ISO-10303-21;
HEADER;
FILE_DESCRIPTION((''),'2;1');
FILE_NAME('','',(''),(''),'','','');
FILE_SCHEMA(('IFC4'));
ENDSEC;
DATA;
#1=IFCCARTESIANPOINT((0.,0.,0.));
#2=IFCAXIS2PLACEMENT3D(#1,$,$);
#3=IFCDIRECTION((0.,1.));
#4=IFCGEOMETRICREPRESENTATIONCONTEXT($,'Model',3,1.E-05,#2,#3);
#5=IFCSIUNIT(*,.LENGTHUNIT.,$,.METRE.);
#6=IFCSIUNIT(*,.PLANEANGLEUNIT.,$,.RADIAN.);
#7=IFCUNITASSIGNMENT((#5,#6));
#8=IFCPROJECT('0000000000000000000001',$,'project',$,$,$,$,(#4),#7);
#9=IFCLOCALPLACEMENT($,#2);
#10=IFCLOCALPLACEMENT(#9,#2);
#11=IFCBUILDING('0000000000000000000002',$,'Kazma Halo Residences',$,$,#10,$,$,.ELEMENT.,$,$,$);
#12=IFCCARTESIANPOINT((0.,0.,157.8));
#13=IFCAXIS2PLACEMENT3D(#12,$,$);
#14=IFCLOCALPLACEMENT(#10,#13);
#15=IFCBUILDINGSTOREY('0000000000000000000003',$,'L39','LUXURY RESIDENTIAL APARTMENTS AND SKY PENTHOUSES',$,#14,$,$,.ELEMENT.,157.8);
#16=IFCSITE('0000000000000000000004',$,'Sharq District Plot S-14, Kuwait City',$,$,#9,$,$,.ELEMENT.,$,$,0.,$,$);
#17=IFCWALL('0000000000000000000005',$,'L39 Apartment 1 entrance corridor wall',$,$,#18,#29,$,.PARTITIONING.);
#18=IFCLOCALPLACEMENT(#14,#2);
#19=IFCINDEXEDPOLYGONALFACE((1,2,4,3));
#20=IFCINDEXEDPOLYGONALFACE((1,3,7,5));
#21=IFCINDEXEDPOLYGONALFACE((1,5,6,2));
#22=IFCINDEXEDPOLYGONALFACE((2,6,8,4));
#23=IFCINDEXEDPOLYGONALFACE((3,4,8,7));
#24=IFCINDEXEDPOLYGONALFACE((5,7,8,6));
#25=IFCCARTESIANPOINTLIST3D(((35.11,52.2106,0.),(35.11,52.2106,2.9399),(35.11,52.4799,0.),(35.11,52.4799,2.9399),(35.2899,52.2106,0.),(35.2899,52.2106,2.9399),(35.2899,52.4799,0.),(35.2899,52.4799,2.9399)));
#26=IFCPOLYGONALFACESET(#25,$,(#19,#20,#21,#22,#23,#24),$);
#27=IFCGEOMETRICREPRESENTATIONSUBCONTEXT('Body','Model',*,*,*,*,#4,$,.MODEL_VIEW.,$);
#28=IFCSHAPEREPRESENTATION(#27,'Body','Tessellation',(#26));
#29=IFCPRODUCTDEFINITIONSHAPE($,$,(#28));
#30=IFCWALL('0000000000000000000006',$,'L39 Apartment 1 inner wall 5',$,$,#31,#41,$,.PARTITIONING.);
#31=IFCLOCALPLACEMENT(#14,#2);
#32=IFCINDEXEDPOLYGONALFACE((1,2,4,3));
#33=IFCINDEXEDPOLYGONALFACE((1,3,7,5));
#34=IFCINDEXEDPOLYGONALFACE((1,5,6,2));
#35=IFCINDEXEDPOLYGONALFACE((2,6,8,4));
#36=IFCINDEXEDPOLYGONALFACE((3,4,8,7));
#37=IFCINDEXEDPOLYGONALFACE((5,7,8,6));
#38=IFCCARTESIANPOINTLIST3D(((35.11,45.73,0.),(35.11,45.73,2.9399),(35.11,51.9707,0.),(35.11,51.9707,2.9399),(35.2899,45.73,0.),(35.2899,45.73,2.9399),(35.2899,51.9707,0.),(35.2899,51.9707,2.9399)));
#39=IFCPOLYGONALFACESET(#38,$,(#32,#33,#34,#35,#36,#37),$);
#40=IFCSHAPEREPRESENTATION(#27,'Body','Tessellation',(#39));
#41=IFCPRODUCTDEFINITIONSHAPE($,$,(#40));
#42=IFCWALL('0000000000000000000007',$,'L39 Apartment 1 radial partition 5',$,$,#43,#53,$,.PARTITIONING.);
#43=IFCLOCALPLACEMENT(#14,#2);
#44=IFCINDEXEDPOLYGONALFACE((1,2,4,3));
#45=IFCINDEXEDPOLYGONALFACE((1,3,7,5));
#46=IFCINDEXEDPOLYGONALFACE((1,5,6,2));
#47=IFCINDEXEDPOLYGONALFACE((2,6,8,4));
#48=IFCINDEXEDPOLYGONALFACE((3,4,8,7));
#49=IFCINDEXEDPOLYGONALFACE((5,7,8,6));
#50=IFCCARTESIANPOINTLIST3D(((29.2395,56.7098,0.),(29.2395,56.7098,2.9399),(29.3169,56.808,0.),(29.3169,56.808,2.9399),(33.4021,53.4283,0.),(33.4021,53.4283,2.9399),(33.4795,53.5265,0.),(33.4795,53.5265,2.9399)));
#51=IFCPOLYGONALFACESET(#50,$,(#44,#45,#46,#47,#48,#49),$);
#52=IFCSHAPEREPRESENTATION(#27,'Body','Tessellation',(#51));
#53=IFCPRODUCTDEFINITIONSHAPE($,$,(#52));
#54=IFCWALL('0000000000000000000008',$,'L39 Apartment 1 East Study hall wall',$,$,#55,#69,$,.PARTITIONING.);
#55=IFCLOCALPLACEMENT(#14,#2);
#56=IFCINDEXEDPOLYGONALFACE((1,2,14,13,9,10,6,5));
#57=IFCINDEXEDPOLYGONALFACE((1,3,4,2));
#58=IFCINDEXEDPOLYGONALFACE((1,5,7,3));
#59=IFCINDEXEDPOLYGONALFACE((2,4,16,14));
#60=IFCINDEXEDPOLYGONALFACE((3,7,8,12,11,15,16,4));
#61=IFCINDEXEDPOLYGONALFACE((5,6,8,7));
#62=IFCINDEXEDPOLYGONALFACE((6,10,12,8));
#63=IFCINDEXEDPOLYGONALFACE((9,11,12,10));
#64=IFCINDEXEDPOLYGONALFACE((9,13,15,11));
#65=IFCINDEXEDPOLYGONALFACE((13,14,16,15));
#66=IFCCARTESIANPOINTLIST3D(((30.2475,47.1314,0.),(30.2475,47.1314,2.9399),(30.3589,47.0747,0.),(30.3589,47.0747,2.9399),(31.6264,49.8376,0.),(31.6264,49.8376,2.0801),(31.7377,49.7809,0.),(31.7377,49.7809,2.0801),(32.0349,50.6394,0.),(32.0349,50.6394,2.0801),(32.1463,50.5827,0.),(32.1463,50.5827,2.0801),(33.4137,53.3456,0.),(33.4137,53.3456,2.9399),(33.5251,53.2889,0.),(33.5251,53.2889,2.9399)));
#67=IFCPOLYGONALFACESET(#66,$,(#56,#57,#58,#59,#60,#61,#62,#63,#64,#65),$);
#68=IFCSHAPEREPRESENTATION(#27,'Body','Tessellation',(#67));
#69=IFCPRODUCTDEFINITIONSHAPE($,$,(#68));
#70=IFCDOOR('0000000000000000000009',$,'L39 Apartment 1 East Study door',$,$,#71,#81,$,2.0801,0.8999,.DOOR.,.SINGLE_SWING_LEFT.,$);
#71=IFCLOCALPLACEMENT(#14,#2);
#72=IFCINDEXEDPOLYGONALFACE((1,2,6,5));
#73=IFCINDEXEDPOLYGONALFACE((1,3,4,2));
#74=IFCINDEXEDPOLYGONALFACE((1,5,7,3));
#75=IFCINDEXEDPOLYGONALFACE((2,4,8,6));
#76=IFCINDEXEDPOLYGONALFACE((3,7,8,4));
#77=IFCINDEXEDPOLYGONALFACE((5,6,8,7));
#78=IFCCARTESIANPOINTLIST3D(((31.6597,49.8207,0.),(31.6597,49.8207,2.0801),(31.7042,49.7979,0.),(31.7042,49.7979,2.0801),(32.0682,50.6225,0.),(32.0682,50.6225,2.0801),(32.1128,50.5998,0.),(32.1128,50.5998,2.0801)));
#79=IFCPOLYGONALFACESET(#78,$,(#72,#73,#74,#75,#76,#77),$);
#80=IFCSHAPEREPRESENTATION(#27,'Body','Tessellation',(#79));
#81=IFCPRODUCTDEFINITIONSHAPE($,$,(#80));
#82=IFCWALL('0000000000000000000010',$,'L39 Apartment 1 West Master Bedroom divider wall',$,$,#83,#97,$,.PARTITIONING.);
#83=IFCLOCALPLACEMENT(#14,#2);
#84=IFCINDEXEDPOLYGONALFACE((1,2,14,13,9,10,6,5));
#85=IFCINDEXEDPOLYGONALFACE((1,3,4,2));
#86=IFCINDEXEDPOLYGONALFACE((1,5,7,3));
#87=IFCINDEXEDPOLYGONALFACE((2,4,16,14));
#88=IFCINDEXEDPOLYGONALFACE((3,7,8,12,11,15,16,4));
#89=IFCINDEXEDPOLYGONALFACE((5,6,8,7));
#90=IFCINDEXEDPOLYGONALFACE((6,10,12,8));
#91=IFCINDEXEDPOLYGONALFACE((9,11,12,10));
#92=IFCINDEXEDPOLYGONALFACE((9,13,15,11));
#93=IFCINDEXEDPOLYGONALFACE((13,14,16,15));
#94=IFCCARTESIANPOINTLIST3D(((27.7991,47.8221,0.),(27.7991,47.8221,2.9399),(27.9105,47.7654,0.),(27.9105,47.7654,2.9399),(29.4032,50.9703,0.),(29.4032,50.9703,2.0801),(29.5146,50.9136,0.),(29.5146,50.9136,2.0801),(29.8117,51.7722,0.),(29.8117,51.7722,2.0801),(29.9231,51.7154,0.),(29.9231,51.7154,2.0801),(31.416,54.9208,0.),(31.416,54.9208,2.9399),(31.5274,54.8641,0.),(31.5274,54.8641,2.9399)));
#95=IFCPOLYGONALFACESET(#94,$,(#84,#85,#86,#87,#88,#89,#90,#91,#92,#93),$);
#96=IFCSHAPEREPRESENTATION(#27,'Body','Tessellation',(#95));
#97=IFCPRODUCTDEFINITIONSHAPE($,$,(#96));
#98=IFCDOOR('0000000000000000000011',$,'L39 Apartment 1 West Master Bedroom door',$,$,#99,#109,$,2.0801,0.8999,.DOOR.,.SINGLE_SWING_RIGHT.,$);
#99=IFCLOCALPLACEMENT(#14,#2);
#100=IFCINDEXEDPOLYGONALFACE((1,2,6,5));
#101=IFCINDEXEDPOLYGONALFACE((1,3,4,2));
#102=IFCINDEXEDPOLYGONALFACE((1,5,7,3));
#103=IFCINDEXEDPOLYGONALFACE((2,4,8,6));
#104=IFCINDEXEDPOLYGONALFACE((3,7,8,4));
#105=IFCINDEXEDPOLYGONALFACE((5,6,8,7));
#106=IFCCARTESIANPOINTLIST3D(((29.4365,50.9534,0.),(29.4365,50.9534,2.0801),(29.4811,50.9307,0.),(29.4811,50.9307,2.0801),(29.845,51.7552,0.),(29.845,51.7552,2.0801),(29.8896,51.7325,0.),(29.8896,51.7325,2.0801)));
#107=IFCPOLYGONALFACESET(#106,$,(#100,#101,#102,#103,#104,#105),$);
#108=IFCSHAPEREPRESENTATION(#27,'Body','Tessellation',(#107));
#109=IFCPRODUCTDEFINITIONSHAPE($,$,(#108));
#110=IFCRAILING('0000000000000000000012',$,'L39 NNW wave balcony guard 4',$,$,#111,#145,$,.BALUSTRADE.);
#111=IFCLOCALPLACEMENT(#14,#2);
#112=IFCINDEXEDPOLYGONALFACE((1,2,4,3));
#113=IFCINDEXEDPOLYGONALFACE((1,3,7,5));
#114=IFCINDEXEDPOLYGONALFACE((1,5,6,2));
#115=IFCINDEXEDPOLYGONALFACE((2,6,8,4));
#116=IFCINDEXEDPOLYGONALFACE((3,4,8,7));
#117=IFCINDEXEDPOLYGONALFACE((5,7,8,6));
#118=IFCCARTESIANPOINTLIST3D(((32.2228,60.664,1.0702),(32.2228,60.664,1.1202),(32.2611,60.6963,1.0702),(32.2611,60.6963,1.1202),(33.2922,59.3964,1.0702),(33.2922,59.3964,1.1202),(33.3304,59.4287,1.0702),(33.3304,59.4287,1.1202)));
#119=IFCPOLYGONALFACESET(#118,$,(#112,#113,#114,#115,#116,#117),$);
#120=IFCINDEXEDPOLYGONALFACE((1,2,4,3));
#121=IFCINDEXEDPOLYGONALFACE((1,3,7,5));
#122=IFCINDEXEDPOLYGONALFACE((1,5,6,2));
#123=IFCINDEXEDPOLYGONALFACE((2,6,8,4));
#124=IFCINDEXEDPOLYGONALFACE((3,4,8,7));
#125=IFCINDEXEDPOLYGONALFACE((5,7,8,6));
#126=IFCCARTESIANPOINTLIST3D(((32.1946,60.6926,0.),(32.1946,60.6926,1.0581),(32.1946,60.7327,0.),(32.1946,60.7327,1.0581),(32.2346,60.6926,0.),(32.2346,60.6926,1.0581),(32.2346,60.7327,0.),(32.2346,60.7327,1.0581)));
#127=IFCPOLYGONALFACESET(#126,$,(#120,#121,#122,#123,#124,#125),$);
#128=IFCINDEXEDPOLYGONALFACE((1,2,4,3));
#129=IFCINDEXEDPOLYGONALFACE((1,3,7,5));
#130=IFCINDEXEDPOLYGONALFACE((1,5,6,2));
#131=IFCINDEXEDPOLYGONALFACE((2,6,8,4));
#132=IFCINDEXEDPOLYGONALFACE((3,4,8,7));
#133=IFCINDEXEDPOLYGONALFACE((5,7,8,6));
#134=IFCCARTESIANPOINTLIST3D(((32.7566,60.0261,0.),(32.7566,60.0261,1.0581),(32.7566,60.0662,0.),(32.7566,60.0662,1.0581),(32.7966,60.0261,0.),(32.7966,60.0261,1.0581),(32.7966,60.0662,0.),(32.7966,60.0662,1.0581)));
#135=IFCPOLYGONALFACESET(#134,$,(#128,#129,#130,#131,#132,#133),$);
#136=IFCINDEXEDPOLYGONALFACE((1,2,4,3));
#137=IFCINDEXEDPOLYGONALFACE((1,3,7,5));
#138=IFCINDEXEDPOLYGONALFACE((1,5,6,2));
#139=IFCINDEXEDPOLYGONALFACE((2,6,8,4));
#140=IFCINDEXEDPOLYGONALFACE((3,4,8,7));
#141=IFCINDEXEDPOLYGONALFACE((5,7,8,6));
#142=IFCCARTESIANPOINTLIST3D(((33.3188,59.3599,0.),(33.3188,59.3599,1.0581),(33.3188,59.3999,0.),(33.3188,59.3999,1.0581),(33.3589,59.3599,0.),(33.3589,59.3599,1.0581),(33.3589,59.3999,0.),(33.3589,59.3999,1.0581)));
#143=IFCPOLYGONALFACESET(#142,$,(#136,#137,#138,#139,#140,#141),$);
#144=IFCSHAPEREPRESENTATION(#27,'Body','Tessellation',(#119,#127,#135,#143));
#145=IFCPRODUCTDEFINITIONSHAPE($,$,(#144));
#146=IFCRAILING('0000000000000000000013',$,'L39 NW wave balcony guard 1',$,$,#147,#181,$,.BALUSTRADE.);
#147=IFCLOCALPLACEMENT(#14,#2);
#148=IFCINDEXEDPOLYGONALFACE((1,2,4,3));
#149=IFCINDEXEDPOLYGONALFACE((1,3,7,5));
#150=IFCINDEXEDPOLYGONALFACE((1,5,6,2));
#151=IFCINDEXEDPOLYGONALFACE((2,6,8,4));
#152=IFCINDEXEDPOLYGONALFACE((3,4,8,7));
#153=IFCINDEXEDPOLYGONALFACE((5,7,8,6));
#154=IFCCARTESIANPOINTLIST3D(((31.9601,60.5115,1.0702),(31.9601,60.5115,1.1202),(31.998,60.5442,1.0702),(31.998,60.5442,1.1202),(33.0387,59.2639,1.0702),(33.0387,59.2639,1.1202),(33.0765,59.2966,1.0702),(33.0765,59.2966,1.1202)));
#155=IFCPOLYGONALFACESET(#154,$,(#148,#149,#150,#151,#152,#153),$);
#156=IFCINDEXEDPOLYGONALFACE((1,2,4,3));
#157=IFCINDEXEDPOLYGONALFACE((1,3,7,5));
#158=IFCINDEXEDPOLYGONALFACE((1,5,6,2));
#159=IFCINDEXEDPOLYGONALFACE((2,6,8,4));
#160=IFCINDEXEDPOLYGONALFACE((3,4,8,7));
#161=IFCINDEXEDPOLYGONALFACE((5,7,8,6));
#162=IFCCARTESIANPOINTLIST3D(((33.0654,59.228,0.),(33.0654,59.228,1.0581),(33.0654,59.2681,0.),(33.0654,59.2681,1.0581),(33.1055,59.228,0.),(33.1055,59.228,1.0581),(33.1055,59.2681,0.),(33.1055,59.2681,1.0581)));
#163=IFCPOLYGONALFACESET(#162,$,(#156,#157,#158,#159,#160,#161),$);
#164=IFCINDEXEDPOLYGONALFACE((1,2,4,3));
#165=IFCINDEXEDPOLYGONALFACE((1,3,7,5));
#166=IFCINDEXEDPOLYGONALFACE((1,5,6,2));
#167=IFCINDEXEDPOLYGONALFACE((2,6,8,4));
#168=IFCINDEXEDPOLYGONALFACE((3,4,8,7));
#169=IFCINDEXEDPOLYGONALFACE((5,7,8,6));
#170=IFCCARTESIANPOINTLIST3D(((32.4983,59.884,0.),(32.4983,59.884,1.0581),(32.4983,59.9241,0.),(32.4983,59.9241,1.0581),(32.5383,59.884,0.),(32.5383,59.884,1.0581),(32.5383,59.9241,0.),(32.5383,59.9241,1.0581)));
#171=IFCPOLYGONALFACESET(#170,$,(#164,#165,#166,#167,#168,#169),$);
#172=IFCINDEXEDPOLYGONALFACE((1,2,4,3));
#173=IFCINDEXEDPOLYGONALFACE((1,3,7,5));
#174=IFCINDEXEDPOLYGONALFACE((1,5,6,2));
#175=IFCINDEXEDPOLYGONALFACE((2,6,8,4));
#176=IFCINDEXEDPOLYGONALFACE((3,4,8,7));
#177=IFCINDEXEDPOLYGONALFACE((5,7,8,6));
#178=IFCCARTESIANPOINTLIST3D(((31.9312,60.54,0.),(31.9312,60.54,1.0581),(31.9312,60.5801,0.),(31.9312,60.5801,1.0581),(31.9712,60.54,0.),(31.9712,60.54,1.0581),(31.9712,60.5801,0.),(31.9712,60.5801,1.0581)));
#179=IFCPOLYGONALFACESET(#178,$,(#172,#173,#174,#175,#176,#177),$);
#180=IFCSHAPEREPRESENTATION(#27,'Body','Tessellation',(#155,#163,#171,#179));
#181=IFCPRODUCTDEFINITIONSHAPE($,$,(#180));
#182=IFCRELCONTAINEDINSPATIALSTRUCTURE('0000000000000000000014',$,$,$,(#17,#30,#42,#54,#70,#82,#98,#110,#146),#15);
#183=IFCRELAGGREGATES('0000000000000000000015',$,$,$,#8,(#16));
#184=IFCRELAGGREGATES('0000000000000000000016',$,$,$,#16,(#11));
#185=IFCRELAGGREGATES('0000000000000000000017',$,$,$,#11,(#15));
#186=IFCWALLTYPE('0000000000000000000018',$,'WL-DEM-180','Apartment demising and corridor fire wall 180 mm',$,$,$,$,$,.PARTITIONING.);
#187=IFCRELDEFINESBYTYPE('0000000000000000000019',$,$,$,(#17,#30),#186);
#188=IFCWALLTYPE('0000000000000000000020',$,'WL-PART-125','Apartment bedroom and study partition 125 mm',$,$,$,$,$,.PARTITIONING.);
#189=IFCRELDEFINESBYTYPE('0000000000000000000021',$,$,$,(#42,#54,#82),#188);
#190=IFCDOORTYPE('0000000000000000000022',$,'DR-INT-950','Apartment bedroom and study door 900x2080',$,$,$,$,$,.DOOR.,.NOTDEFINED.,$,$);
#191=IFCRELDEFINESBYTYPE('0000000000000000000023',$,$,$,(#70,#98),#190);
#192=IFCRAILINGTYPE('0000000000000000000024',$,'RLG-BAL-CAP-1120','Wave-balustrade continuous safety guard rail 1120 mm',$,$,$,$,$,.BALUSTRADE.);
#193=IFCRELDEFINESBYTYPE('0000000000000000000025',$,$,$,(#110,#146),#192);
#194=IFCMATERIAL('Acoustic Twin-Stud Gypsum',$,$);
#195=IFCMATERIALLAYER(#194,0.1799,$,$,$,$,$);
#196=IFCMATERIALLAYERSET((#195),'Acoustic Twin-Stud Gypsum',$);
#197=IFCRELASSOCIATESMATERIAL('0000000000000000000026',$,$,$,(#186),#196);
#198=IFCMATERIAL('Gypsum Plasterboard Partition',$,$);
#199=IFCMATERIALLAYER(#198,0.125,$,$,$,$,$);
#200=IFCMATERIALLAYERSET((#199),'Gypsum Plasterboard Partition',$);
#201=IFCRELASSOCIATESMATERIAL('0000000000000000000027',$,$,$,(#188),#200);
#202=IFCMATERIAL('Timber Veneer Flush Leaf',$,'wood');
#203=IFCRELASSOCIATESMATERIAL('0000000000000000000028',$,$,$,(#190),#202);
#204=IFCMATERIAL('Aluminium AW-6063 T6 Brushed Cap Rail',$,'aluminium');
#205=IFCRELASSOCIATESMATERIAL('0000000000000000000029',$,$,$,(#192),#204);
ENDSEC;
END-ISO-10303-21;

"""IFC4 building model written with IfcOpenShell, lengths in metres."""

from ifc_helpers import new_model, si_unit, direction, frame, frame_2d, origin, origin_2d, place, context, subcontext, project, spatial, rectangle, extrude, material, layer, layer_set, type_object, element, fill, save


model = new_model("IFC4")

# Units and contexts
model_context = context("Model", 3, precision=1e-05, world=origin(), true_north=direction((0.0, 1.0)))
body_context = subcontext(model_context, "Body", "Model", "MODEL_VIEW")
ifc_project = project(units=[si_unit("LENGTHUNIT", "METRE"), si_unit("PLANEANGLEUNIT", "RADIAN")], contexts=[model_context])

# Site, building, storey
site_placement = place(None, origin())
site = spatial("IfcSite", under=ifc_project, at=site_placement, Name="Sharq District Plot S-14, Kuwait City", CompositionType="ELEMENT", RefElevation=0.0)
building_placement = place(site_placement, origin())
building = spatial("IfcBuilding", under=site, at=building_placement, Name="Kazma Halo Residences", CompositionType="ELEMENT")
storey_placement = place(building_placement, frame((0.0, 0.0, 157.8)))
storey = spatial("IfcBuildingStorey", under=building, at=storey_placement, Name="L39", Description="LUXURY RESIDENTIAL APARTMENTS AND SKY PENTHOUSES", CompositionType="ELEMENT", Elevation=157.8)

# Walls
ifc_material_1 = material(Name="Acoustic Twin-Stud Gypsum")
ifc_layer_1 = layer(ifc_material_1, 0.1799)
ifc_layer_set_1 = layer_set([ifc_layer_1], Name="Acoustic Twin-Stud Gypsum")
wall_type_1 = type_object("IfcWallType", Name="WL-DEM-180", Description="Apartment demising and corridor fire wall 180 mm", PredefinedType="PARTITIONING", material=ifc_layer_set_1)
wall_1_placement = place(storey_placement, frame((35.2, 52.48, 0.0), z_axis=(0.0, 0.0, 1.0), x_axis=(0.0, -1.0, 0.0)))
element("IfcWall", 1, at=wall_1_placement, inside=storey, type_object=wall_type_1, Name="L39 Apartment 1 entrance corridor wall", PredefinedType="PARTITIONING", context=body_context, shape_type="SweptSolid", body=[
    extrude(rectangle(XDim=0.2693, YDim=0.1799, at=frame_2d((0.1348, 0.0))), origin(), (0.0, 0.0, 1.0), 2.9399),
])
wall_2_placement = place(storey_placement, frame((35.2, 51.9707, 0.0), z_axis=(0.0, 0.0, 1.0), x_axis=(0.0, -1.0, 0.0)))
element("IfcWall", 2, at=wall_2_placement, inside=storey, type_object=wall_type_1, Name="L39 Apartment 1 inner wall 5", PredefinedType="PARTITIONING", context=body_context, shape_type="SweptSolid", body=[
    extrude(rectangle(XDim=6.2407, YDim=0.1799, at=frame_2d((3.1204, 0.0))), origin(), (0.0, 0.0, 1.0), 2.9399),
])

# Wall
ifc_material_2 = material(Name="Gypsum Plasterboard Partition")
ifc_layer_2 = layer(ifc_material_2, 0.125)
ifc_layer_set_2 = layer_set([ifc_layer_2], Name="Gypsum Plasterboard Partition")
wall_type_2 = type_object("IfcWallType", Name="WL-PART-125", Description="Apartment bedroom and study partition 125 mm", PredefinedType="PARTITIONING", material=ifc_layer_set_2)
wall_3_placement = place(storey_placement, frame((33.4409, 53.4773, 0.0), z_axis=(0.0, 0.0, 1.0), x_axis=(-0.78532, 0.61909, 0.0)))
element("IfcWall", 3, at=wall_3_placement, inside=storey, type_object=wall_type_2, Name="L39 Apartment 1 radial partition 5", PredefinedType="PARTITIONING", context=body_context, shape_type="SweptSolid", body=[
    extrude(rectangle(XDim=5.3005, YDim=0.125, at=frame_2d((2.6504, 0.0))), origin(), (0.0, 0.0, 1.0), 2.9399),
])

# Walls, openings, doors
wall_4_placement = place(storey_placement, frame((33.4695, 53.3174, 0.0), z_axis=(0.0, 0.0, 1.0), x_axis=(-0.453978, -0.891013, 0.0)))
wall_4 = element("IfcWall", 4, at=wall_4_placement, inside=storey, type_object=wall_type_2, Name="L39 Apartment 1 East Study hall wall", PredefinedType="PARTITIONING", context=body_context, shape_type="SweptSolid", body=[
    extrude(rectangle(XDim=6.9744, YDim=0.125, at=frame_2d((3.4873, 0.0))), origin(), (0.0, 0.0, 1.0), 2.9399),
])
opening_1_placement = place(wall_4_placement, frame((3.0374, 0.0, 0.0)))
opening_1 = element("IfcOpeningElement", 5, at=opening_1_placement, cuts=wall_4, PredefinedType="OPENING", context=body_context, shape_type="SweptSolid", body=[
    extrude(rectangle(XDim=0.8999, YDim=2.0801, at=frame_2d((0.45, 1.04))), frame((0.0, 0.0725, 0.0), z_axis=(0.0, -1.0, 0.0), x_axis=(1.0, 0.0, 0.0)), (0.0, 0.0, 1.0), 0.145),
])
ifc_material_3 = material(Name="Timber Veneer Flush Leaf", Category="wood")
door_type_1 = type_object("IfcDoorType", Name="DR-INT-950", Description="Apartment bedroom and study door 900x2080", OperationType="NOTDEFINED", PredefinedType="DOOR", material=ifc_material_3)
door_1_placement = place(opening_1_placement, origin())
door_1 = element("IfcDoor", 6, at=door_1_placement, inside=storey, type_object=door_type_1, Name="L39 Apartment 1 East Study door", OperationType="SINGLE_SWING_LEFT", OverallHeight=2.0801, OverallWidth=0.8999, PredefinedType="DOOR", context=body_context, shape_type="SweptSolid", body=[
    extrude(rectangle(XDim=0.8999, YDim=2.0801, at=frame_2d((0.45, 1.04))), frame((0.0, 0.0249, 0.0), z_axis=(0.0, -1.0, 0.0), x_axis=(1.0, 0.0, 0.0)), (0.0, 0.0, 1.0), 0.05),
])
fill(opening_1, door_1)
wall_5_placement = place(storey_placement, frame((31.4717, 54.8923, 0.0), z_axis=(0.0, 0.0, 1.0), x_axis=(-0.453991, -0.891006, 0.0)))
wall_5 = element("IfcWall", 7, at=wall_5_placement, inside=storey, type_object=wall_type_2, Name="L39 Apartment 1 West Master Bedroom divider wall", PredefinedType="PARTITIONING", context=body_context, shape_type="SweptSolid", body=[
    extrude(rectangle(XDim=7.967, YDim=0.125, at=frame_2d((3.9834, 0.0))), origin(), (0.0, 0.0, 1.0), 2.9399),
])
opening_2_placement = place(wall_5_placement, frame((3.5337, 0.0, 0.0)))
opening_2 = element("IfcOpeningElement", 8, at=opening_2_placement, cuts=wall_5, PredefinedType="OPENING", context=body_context, shape_type="SweptSolid", body=[
    extrude(rectangle(XDim=0.8999, YDim=2.0801, at=frame_2d((0.45, 1.04))), frame((0.0, 0.0725, 0.0), z_axis=(0.0, -1.0, 0.0), x_axis=(1.0, 0.0, 0.0)), (0.0, 0.0, 1.0), 0.145),
])
door_2_placement = place(opening_2_placement, origin())
door_2 = element("IfcDoor", 9, at=door_2_placement, inside=storey, type_object=door_type_1, Name="L39 Apartment 1 West Master Bedroom door", OperationType="SINGLE_SWING_RIGHT", OverallHeight=2.0801, OverallWidth=0.8999, PredefinedType="DOOR", context=body_context, shape_type="SweptSolid", body=[
    extrude(rectangle(XDim=0.8999, YDim=2.0801, at=frame_2d((0.45, 1.04))), frame((0.0, 0.0249, 0.0), z_axis=(0.0, -1.0, 0.0), x_axis=(1.0, 0.0, 0.0)), (0.0, 0.0, 1.0), 0.05),
])
fill(opening_2, door_2)

# Railings
ifc_material_4 = material(Name="Aluminium AW-6063 T6 Brushed Cap Rail", Category="aluminium")
railing_type = type_object("IfcRailingType", Name="RLG-BAL-CAP-1120", Description="Wave-balustrade continuous safety guard rail 1120 mm", PredefinedType="BALUSTRADE", material=ifc_material_4)
railing_1_placement = place(storey_placement, frame((32.2146, 60.7126, 0.0)))
element("IfcRailing", 10, at=railing_1_placement, inside=storey, type_object=railing_type, Name="L39 NNW wave balcony guard 4", PredefinedType="BALUSTRADE", context=body_context, shape_type="SweptSolid", body=[
    extrude(rectangle(XDim=0.05, YDim=0.05, at=origin_2d()), frame((0.0273, -0.0325, 1.0952), z_axis=(0.644787, -0.764363, 0.0), x_axis=(0.764363, 0.644787, 0.0)), (0.0, 0.0, 1.0), 1.6584),
    extrude(rectangle(XDim=0.04, YDim=0.04, at=origin_2d()), origin(), (0.0, 0.0, 1.0), 1.0581),
    extrude(rectangle(XDim=0.04, YDim=0.04, at=origin_2d()), frame((0.562, -0.6665, 0.0)), (0.0, 0.0, 1.0), 1.0581),
    extrude(rectangle(XDim=0.04, YDim=0.04, at=origin_2d()), frame((1.1243, -1.3328, 0.0)), (0.0, 0.0, 1.0), 1.0581),
])
railing_2_placement = place(storey_placement, frame((33.0854, 59.248, 0.0)))
element("IfcRailing", 11, at=railing_2_placement, inside=storey, type_object=railing_type, Name="L39 NW wave balcony guard 1", PredefinedType="BALUSTRADE", context=body_context, shape_type="SweptSolid", body=[
    extrude(rectangle(XDim=0.05, YDim=0.05, at=origin_2d()), frame((-0.0278, 0.0322, 1.0952), z_axis=(-0.654008, 0.756487, 0.0), x_axis=(-0.756487, -0.654008, 0.0)), (0.0, 0.0, 1.0), 1.6492),
    extrude(rectangle(XDim=0.04, YDim=0.04, at=origin_2d()), origin(), (0.0, 0.0, 1.0), 1.0581),
    extrude(rectangle(XDim=0.04, YDim=0.04, at=origin_2d()), frame((-0.5671, 0.656, 0.0)), (0.0, 0.0, 1.0), 1.0581),
    extrude(rectangle(XDim=0.04, YDim=0.04, at=origin_2d()), frame((-1.1343, 1.312, 0.0)), (0.0, 0.0, 1.0), 1.0581),
])

save(model, "model.ifc")
